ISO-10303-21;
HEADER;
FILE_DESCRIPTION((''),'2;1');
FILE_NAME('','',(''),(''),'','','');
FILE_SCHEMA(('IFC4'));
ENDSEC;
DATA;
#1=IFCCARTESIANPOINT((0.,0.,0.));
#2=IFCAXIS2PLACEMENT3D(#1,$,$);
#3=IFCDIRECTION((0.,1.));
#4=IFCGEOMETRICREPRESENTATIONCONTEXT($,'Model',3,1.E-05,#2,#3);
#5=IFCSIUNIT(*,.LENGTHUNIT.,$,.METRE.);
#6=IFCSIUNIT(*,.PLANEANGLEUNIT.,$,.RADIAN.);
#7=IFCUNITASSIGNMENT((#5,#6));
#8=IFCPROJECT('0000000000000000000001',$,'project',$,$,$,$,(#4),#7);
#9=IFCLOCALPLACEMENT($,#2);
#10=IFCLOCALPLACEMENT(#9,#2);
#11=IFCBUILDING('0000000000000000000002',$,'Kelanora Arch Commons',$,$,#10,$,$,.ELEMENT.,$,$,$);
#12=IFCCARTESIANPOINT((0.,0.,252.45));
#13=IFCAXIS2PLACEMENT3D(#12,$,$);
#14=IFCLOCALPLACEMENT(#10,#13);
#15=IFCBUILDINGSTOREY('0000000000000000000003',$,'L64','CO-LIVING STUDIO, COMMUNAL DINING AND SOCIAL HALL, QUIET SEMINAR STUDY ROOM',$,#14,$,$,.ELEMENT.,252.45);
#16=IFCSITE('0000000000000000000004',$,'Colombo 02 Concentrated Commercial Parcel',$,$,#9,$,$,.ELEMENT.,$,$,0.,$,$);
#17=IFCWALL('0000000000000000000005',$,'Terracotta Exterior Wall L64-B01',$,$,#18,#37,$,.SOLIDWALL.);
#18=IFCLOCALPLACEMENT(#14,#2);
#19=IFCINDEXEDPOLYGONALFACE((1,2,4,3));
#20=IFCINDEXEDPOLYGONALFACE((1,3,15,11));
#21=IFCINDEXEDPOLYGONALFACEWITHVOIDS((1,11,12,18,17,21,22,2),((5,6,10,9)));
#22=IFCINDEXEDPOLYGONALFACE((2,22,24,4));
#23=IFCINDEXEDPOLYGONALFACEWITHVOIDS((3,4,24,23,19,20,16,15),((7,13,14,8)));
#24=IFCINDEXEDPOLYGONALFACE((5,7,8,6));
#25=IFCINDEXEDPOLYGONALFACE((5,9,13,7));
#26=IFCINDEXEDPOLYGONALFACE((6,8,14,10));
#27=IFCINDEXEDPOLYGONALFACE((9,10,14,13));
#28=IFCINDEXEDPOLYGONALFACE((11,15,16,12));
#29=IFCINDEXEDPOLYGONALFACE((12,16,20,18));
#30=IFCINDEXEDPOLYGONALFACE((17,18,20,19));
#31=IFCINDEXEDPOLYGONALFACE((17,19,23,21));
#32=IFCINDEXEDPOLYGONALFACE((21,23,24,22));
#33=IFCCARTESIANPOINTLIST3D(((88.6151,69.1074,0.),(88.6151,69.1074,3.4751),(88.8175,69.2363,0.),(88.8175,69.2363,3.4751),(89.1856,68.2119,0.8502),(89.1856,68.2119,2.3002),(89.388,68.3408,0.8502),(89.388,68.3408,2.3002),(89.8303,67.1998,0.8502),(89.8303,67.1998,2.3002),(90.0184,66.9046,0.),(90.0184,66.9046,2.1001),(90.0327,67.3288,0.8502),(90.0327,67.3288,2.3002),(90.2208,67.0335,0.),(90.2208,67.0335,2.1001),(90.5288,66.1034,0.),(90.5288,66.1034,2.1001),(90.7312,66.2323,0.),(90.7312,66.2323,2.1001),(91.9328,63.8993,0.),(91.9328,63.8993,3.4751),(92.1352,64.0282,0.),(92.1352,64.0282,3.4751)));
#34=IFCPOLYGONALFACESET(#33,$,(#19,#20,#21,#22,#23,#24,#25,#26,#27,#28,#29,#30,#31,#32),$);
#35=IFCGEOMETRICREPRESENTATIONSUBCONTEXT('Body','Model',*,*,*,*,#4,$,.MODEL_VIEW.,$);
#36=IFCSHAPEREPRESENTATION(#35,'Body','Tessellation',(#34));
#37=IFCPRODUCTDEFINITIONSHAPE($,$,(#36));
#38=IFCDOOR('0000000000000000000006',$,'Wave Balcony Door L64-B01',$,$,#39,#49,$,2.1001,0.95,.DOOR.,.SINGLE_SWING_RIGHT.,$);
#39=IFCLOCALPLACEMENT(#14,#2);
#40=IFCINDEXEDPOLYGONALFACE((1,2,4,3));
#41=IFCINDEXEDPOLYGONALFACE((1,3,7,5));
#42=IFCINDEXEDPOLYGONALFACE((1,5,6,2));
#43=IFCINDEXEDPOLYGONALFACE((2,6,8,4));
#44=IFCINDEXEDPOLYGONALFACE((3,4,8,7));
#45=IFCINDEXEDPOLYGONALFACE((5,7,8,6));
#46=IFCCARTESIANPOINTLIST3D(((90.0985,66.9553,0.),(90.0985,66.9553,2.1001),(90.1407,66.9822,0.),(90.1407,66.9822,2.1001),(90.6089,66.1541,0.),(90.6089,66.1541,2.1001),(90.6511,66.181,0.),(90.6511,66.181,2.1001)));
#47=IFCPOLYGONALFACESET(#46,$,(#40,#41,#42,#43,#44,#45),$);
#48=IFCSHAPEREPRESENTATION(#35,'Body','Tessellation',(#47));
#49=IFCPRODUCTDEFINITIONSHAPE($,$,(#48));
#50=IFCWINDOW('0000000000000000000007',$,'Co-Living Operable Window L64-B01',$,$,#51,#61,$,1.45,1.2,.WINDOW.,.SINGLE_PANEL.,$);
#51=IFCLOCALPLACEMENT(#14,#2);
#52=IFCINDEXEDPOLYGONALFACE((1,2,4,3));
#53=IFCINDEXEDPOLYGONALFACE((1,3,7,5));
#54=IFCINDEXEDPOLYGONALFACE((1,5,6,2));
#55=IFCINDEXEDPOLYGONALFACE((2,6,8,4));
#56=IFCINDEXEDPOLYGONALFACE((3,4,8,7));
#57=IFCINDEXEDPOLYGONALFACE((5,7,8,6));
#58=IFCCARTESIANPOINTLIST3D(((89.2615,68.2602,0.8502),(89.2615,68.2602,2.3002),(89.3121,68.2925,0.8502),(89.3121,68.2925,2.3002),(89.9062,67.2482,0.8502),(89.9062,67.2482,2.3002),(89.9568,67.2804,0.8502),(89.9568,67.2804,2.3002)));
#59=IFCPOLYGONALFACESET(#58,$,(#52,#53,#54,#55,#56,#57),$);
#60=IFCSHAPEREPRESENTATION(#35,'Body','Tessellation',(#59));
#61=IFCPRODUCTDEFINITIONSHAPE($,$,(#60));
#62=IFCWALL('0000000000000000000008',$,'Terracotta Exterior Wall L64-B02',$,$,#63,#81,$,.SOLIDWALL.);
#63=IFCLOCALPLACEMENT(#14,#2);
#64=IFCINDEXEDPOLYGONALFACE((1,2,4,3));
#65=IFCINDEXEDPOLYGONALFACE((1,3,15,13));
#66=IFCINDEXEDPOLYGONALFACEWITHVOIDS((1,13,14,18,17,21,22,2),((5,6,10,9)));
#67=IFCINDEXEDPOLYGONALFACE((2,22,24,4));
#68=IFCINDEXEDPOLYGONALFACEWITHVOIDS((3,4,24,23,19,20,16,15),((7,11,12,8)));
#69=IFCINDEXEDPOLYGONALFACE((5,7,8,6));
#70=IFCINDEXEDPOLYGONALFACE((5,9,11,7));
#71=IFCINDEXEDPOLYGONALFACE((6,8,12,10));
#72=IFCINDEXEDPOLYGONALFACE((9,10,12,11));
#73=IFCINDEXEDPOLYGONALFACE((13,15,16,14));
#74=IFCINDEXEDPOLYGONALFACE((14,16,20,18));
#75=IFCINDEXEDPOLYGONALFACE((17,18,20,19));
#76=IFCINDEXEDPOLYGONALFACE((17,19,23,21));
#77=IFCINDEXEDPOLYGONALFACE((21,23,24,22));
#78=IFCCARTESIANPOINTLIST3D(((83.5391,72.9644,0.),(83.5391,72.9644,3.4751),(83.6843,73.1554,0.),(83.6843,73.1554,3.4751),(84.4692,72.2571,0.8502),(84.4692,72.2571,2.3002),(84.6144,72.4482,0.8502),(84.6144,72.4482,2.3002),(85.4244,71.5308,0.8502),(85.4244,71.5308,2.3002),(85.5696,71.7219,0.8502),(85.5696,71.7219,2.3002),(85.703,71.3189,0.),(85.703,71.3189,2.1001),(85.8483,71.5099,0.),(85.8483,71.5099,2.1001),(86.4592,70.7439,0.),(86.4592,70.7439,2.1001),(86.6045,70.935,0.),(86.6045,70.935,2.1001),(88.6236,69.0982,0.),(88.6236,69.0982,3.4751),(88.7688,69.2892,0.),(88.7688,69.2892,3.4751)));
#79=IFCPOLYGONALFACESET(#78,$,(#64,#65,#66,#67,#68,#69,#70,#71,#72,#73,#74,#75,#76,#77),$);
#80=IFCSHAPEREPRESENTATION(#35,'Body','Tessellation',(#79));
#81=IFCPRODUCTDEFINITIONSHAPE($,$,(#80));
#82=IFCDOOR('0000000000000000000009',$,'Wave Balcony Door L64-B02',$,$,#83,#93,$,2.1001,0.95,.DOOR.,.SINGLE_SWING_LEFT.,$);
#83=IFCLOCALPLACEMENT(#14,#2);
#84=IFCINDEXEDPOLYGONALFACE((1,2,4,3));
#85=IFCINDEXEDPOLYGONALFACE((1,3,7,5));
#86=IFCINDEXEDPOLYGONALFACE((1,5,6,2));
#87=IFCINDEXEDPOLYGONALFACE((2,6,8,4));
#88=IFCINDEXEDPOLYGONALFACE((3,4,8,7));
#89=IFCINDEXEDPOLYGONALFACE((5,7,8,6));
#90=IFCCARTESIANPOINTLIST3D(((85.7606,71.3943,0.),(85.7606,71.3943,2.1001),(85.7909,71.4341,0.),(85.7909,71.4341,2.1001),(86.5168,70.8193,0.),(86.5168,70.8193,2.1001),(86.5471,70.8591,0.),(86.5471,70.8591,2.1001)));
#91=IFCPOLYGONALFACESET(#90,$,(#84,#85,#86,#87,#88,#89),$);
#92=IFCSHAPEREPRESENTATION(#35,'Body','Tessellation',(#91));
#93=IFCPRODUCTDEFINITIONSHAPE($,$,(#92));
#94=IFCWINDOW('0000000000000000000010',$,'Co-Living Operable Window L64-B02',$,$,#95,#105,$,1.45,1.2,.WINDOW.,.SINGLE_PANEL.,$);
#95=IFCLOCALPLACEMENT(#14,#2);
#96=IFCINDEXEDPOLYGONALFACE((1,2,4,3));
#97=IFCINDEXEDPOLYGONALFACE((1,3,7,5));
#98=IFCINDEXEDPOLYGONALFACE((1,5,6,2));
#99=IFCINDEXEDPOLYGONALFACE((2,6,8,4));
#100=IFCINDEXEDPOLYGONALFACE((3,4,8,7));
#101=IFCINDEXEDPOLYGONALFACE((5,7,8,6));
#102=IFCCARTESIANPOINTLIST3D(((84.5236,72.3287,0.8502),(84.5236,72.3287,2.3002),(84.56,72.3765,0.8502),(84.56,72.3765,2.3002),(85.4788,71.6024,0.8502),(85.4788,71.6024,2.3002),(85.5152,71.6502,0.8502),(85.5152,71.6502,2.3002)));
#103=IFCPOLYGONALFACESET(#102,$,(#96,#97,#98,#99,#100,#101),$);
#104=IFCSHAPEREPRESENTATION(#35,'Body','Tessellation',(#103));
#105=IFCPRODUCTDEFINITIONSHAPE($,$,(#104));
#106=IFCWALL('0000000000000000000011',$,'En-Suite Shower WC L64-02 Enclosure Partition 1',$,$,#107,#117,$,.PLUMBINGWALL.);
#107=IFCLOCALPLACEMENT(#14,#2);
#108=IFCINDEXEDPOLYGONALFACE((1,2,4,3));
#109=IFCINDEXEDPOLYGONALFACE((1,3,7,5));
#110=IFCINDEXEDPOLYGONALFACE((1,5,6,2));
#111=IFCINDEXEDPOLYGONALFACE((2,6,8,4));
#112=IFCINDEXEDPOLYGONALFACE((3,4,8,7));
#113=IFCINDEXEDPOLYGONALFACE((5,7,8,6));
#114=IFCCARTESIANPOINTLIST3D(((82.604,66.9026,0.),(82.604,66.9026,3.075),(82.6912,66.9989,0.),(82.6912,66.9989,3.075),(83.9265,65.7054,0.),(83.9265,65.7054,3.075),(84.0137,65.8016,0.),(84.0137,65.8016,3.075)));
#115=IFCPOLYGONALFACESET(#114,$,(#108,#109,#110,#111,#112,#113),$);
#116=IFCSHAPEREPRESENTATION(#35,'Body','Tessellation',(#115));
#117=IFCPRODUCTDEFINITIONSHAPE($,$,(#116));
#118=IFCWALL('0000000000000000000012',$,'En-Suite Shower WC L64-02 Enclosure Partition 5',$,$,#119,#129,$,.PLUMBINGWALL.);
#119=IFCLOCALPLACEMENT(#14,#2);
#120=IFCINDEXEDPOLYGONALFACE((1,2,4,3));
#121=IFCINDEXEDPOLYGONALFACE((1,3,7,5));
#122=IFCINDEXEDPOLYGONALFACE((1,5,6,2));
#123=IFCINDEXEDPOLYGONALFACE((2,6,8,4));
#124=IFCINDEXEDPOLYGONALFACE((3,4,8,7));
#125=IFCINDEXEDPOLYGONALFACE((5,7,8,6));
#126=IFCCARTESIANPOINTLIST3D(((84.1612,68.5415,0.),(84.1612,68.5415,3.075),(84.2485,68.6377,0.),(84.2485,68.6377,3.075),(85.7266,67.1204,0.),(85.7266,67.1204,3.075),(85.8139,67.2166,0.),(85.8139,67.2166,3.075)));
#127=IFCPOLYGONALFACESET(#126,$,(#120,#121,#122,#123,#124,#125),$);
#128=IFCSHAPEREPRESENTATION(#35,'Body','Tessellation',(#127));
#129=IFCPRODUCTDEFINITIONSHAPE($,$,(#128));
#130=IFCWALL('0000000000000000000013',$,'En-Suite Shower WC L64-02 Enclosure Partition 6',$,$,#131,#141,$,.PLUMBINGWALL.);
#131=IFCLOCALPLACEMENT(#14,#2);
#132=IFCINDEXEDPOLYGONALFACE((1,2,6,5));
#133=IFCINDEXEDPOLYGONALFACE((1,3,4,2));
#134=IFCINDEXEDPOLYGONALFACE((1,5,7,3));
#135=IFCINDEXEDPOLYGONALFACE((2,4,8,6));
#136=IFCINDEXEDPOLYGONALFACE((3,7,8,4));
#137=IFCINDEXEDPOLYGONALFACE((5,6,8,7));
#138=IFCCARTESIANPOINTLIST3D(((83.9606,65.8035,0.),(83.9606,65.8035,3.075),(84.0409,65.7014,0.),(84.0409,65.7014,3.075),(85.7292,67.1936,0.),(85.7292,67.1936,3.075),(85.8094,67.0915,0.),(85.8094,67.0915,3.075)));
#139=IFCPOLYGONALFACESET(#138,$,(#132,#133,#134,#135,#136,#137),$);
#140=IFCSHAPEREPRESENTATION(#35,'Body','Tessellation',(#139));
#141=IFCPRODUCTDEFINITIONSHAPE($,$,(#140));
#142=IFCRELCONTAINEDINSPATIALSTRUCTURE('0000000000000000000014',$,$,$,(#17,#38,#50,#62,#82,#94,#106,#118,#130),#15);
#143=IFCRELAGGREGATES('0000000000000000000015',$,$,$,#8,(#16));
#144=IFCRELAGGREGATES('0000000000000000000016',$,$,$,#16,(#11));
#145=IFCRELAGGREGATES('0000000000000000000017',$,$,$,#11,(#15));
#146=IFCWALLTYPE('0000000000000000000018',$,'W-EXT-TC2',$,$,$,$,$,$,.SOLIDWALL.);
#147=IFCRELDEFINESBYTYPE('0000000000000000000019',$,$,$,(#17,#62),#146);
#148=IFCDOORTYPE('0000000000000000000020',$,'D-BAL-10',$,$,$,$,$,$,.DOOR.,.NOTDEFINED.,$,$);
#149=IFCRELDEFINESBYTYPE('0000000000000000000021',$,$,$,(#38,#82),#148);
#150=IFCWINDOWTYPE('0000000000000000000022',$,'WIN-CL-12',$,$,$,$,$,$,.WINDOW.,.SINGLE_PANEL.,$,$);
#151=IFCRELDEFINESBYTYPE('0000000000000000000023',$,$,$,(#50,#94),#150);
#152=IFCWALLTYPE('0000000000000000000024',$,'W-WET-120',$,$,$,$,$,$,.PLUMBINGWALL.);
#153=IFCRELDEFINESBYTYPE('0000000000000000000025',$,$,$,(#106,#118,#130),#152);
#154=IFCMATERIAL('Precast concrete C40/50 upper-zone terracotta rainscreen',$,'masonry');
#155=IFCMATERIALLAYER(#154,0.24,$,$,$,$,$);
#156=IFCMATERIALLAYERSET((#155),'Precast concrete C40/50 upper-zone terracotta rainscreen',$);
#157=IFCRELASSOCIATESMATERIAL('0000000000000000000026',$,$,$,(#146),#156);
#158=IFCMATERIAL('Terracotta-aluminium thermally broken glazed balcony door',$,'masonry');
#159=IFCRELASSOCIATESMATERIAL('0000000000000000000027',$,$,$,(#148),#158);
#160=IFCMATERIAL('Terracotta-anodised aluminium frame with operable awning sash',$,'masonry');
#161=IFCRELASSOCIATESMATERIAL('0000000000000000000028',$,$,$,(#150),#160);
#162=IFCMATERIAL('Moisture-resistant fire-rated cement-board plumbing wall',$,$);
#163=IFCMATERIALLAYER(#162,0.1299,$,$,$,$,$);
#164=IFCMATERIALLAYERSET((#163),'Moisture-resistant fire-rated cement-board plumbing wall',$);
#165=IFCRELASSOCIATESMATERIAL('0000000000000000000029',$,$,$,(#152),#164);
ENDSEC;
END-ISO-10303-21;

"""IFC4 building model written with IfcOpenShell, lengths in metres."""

from ifc_helpers import new_model, si_unit, direction, frame, frame_2d, origin, place, context, subcontext, project, spatial, rectangle, extrude, material, layer, layer_set, type_object, element, fill, save


model = new_model("IFC4")

# Units and contexts
model_context = context("Model", 3, precision=1e-05, world=origin(), true_north=direction((0.0, 1.0)))
body_context = subcontext(model_context, "Body", "Model", "MODEL_VIEW")
ifc_project = project(units=[si_unit("LENGTHUNIT", "METRE"), si_unit("PLANEANGLEUNIT", "RADIAN")], contexts=[model_context])

# Site, building, storey
site_placement = place(None, origin())
site = spatial("IfcSite", under=ifc_project, at=site_placement, Name="Colombo 02 Concentrated Commercial Parcel", CompositionType="ELEMENT", RefElevation=0.0)
building_placement = place(site_placement, origin())
building = spatial("IfcBuilding", under=site, at=building_placement, Name="Kelanora Arch Commons", CompositionType="ELEMENT")
storey_placement = place(building_placement, frame((0.0, 0.0, 252.45)))
storey = spatial("IfcBuildingStorey", under=building, at=storey_placement, Name="L64", Description="CO-LIVING STUDIO, COMMUNAL DINING AND SOCIAL HALL, QUIET SEMINAR STUDY ROOM", CompositionType="ELEMENT", Elevation=252.45)

# Walls, openings, doors, windows
ifc_material_1 = material(Name="Precast concrete C40/50 upper-zone terracotta rainscreen", Category="masonry")
ifc_layer_1 = layer(ifc_material_1, 0.24)
ifc_layer_set_1 = layer_set([ifc_layer_1], Name="Precast concrete C40/50 upper-zone terracotta rainscreen")
wall_type_1 = type_object("IfcWallType", Name="W-EXT-TC2", PredefinedType="SOLIDWALL", material=ifc_layer_set_1)
wall_1_placement = place(storey_placement, frame((92.0339, 63.9639, 0.0), z_axis=(0.0, 0.0, 1.0), x_axis=(-0.537272, 0.843409, 0.0)))
wall_1 = element("IfcWall", 1, at=wall_1_placement, inside=storey, type_object=wall_type_1, Name="Terracotta Exterior Wall L64-B01", PredefinedType="SOLIDWALL", context=body_context, shape_type="SweptSolid", body=[
    extrude(rectangle(XDim=6.175, YDim=0.24, at=frame_2d((3.0874, 0.0))), origin(), (0.0, 0.0, 1.0), 3.4751),
])
opening_1_placement = place(wall_1_placement, frame((2.613, 0.0, 0.0)))
opening_1 = element("IfcOpeningElement", 2, at=opening_1_placement, cuts=wall_1, PredefinedType="OPENING", context=body_context, shape_type="SweptSolid", body=[
    extrude(rectangle(XDim=0.95, YDim=2.1001, at=frame_2d((0.4751, 1.05))), frame((0.0, 0.1299, 0.0), z_axis=(0.0, -1.0, 0.0), x_axis=(1.0, 0.0, 0.0)), (0.0, 0.0, 1.0), 0.26),
])
opening_2_placement = place(wall_1_placement, frame((3.9131, 0.0, 0.8501)))
opening_2 = element("IfcOpeningElement", 3, at=opening_2_placement, cuts=wall_1, PredefinedType="OPENING", context=body_context, shape_type="SweptSolid", body=[
    extrude(rectangle(XDim=1.2, YDim=1.45, at=frame_2d((0.6001, 0.7251))), frame((0.0, 0.1299, 0.0), z_axis=(0.0, -1.0, 0.0), x_axis=(1.0, 0.0, 0.0)), (0.0, 0.0, 1.0), 0.26),
])
ifc_material_2 = material(Name="Terracotta-aluminium thermally broken glazed balcony door", Category="masonry")
door_type = type_object("IfcDoorType", Name="D-BAL-10", OperationType="NOTDEFINED", PredefinedType="DOOR", material=ifc_material_2)
door_1_placement = place(opening_1_placement, frame((0.95, 0.0, 0.0), z_axis=(0.0, 0.0, 1.0), x_axis=(-1.0, 0.0, 0.0)))
door_1 = element("IfcDoor", 4, at=door_1_placement, inside=storey, type_object=door_type, Name="Wave Balcony Door L64-B01", OperationType="SINGLE_SWING_RIGHT", OverallHeight=2.1001, OverallWidth=0.95, PredefinedType="DOOR", context=body_context, shape_type="SweptSolid", body=[
    extrude(rectangle(XDim=0.95, YDim=2.1001, at=frame_2d((0.4751, 1.05))), frame((0.0, 0.0249, 0.0), z_axis=(0.0, -1.0, 0.0), x_axis=(1.0, 0.0, 0.0)), (0.0, 0.0, 1.0), 0.05),
])
fill(opening_1, door_1)
ifc_material_3 = material(Name="Terracotta-anodised aluminium frame with operable awning sash", Category="masonry")
window_type = type_object("IfcWindowType", Name="WIN-CL-12", PartitioningType="SINGLE_PANEL", PredefinedType="WINDOW", material=ifc_material_3)
window_1_placement = place(opening_2_placement, origin())
window_1 = element("IfcWindow", 5, at=window_1_placement, inside=storey, type_object=window_type, Name="Co-Living Operable Window L64-B01", OverallHeight=1.45, OverallWidth=1.2, PartitioningType="SINGLE_PANEL", PredefinedType="WINDOW", context=body_context, shape_type="SweptSolid", body=[
    extrude(rectangle(XDim=1.2, YDim=1.45, at=frame_2d((0.6001, 0.7251))), frame((0.0, 0.03, 0.0), z_axis=(0.0, -1.0, 0.0), x_axis=(1.0, 0.0, 0.0)), (0.0, 0.0, 1.0), 0.0601),
])
fill(opening_2, window_1)
wall_2_placement = place(storey_placement, frame((88.6963, 69.1936, 0.0), z_axis=(0.0, 0.0, 1.0), x_axis=(-0.79601, 0.605283, 0.0)))
wall_2 = element("IfcWall", 6, at=wall_2_placement, inside=storey, type_object=wall_type_1, Name="Terracotta Exterior Wall L64-B02", PredefinedType="SOLIDWALL", context=body_context, shape_type="SweptSolid", body=[
    extrude(rectangle(XDim=6.3875, YDim=0.24, at=frame_2d((3.1938, 0.0))), origin(), (0.0, 0.0, 1.0), 3.4751),
])
opening_3_placement = place(wall_2_placement, frame((2.719, 0.0, 0.0)))
opening_3 = element("IfcOpeningElement", 7, at=opening_3_placement, cuts=wall_2, PredefinedType="OPENING", context=body_context, shape_type="SweptSolid", body=[
    extrude(rectangle(XDim=0.95, YDim=2.1001, at=frame_2d((0.4751, 1.05))), frame((0.0, 0.1299, 0.0), z_axis=(0.0, -1.0, 0.0), x_axis=(1.0, 0.0, 0.0)), (0.0, 0.0, 1.0), 0.26),
])
opening_4_placement = place(wall_2_placement, frame((4.019, 0.0, 0.8501)))
opening_4 = element("IfcOpeningElement", 8, at=opening_4_placement, cuts=wall_2, PredefinedType="OPENING", context=body_context, shape_type="SweptSolid", body=[
    extrude(rectangle(XDim=1.2, YDim=1.45, at=frame_2d((0.6001, 0.7251))), frame((0.0, 0.1299, 0.0), z_axis=(0.0, -1.0, 0.0), x_axis=(1.0, 0.0, 0.0)), (0.0, 0.0, 1.0), 0.26),
])
door_2_placement = place(opening_3_placement, frame((0.95, 0.0, 0.0), z_axis=(0.0, 0.0, 1.0), x_axis=(-1.0, 0.0, 0.0)))
door_2 = element("IfcDoor", 9, at=door_2_placement, inside=storey, type_object=door_type, Name="Wave Balcony Door L64-B02", OperationType="SINGLE_SWING_LEFT", OverallHeight=2.1001, OverallWidth=0.95, PredefinedType="DOOR", context=body_context, shape_type="SweptSolid", body=[
    extrude(rectangle(XDim=0.95, YDim=2.1001, at=frame_2d((0.4751, 1.05))), frame((0.0, 0.0249, 0.0), z_axis=(0.0, -1.0, 0.0), x_axis=(1.0, 0.0, 0.0)), (0.0, 0.0, 1.0), 0.05),
])
fill(opening_3, door_2)
window_2_placement = place(opening_4_placement, origin())
window_2 = element("IfcWindow", 10, at=window_2_placement, inside=storey, type_object=window_type, Name="Co-Living Operable Window L64-B02", OverallHeight=1.45, OverallWidth=1.2, PartitioningType="SINGLE_PANEL", PredefinedType="WINDOW", context=body_context, shape_type="SweptSolid", body=[
    extrude(rectangle(XDim=1.2, YDim=1.45, at=frame_2d((0.6001, 0.7251))), frame((0.0, 0.03, 0.0), z_axis=(0.0, -1.0, 0.0), x_axis=(1.0, 0.0, 0.0)), (0.0, 0.0, 1.0), 0.0601),
])
fill(opening_4, window_2)

# Walls
ifc_material_4 = material(Name="Moisture-resistant fire-rated cement-board plumbing wall")
ifc_layer_2 = layer(ifc_material_4, 0.1299)
ifc_layer_set_2 = layer_set([ifc_layer_2], Name="Moisture-resistant fire-rated cement-board plumbing wall")
wall_type_2 = type_object("IfcWallType", Name="W-WET-120", PredefinedType="PLUMBINGWALL", material=ifc_layer_set_2)
wall_3_placement = place(storey_placement, frame((83.9702, 65.7534, 0.0), z_axis=(0.0, 0.0, 1.0), x_axis=(-0.741338, 0.671132, 0.0)))
element("IfcWall", 11, at=wall_3_placement, inside=storey, type_object=wall_type_2, Name="En-Suite Shower WC L64-02 Enclosure Partition 1", PredefinedType="PLUMBINGWALL", context=body_context, shape_type="SweptSolid", body=[
    extrude(rectangle(XDim=1.7839, YDim=0.1299, at=frame_2d((0.8921, 0.0))), origin(), (0.0, 0.0, 1.0), 3.075),
])
wall_4_placement = place(storey_placement, frame((84.2048, 68.5896, 0.0), z_axis=(0.0, 0.0, 1.0), x_axis=(0.740405, -0.672161, 0.0)))
element("IfcWall", 12, at=wall_4_placement, inside=storey, type_object=wall_type_2, Name="En-Suite Shower WC L64-02 Enclosure Partition 5", PredefinedType="PLUMBINGWALL", context=body_context, shape_type="SweptSolid", body=[
    extrude(rectangle(XDim=2.1143, YDim=0.1299, at=frame_2d((1.0571, 0.0))), origin(), (0.0, 0.0, 1.0), 3.075),
])
wall_5_placement = place(storey_placement, frame((85.7693, 67.1426, 0.0), z_axis=(0.0, 0.0, 1.0), x_axis=(-0.786198, -0.617975, 0.0)))
element("IfcWall", 13, at=wall_5_placement, inside=storey, type_object=wall_type_2, Name="En-Suite Shower WC L64-02 Enclosure Partition 6", PredefinedType="PLUMBINGWALL", context=body_context, shape_type="SweptSolid", body=[
    extrude(rectangle(XDim=2.2495, YDim=0.1299, at=frame_2d((1.1248, 0.0))), origin(), (0.0, 0.0, 1.0), 3.075),
])

save(model, "model.ifc")
